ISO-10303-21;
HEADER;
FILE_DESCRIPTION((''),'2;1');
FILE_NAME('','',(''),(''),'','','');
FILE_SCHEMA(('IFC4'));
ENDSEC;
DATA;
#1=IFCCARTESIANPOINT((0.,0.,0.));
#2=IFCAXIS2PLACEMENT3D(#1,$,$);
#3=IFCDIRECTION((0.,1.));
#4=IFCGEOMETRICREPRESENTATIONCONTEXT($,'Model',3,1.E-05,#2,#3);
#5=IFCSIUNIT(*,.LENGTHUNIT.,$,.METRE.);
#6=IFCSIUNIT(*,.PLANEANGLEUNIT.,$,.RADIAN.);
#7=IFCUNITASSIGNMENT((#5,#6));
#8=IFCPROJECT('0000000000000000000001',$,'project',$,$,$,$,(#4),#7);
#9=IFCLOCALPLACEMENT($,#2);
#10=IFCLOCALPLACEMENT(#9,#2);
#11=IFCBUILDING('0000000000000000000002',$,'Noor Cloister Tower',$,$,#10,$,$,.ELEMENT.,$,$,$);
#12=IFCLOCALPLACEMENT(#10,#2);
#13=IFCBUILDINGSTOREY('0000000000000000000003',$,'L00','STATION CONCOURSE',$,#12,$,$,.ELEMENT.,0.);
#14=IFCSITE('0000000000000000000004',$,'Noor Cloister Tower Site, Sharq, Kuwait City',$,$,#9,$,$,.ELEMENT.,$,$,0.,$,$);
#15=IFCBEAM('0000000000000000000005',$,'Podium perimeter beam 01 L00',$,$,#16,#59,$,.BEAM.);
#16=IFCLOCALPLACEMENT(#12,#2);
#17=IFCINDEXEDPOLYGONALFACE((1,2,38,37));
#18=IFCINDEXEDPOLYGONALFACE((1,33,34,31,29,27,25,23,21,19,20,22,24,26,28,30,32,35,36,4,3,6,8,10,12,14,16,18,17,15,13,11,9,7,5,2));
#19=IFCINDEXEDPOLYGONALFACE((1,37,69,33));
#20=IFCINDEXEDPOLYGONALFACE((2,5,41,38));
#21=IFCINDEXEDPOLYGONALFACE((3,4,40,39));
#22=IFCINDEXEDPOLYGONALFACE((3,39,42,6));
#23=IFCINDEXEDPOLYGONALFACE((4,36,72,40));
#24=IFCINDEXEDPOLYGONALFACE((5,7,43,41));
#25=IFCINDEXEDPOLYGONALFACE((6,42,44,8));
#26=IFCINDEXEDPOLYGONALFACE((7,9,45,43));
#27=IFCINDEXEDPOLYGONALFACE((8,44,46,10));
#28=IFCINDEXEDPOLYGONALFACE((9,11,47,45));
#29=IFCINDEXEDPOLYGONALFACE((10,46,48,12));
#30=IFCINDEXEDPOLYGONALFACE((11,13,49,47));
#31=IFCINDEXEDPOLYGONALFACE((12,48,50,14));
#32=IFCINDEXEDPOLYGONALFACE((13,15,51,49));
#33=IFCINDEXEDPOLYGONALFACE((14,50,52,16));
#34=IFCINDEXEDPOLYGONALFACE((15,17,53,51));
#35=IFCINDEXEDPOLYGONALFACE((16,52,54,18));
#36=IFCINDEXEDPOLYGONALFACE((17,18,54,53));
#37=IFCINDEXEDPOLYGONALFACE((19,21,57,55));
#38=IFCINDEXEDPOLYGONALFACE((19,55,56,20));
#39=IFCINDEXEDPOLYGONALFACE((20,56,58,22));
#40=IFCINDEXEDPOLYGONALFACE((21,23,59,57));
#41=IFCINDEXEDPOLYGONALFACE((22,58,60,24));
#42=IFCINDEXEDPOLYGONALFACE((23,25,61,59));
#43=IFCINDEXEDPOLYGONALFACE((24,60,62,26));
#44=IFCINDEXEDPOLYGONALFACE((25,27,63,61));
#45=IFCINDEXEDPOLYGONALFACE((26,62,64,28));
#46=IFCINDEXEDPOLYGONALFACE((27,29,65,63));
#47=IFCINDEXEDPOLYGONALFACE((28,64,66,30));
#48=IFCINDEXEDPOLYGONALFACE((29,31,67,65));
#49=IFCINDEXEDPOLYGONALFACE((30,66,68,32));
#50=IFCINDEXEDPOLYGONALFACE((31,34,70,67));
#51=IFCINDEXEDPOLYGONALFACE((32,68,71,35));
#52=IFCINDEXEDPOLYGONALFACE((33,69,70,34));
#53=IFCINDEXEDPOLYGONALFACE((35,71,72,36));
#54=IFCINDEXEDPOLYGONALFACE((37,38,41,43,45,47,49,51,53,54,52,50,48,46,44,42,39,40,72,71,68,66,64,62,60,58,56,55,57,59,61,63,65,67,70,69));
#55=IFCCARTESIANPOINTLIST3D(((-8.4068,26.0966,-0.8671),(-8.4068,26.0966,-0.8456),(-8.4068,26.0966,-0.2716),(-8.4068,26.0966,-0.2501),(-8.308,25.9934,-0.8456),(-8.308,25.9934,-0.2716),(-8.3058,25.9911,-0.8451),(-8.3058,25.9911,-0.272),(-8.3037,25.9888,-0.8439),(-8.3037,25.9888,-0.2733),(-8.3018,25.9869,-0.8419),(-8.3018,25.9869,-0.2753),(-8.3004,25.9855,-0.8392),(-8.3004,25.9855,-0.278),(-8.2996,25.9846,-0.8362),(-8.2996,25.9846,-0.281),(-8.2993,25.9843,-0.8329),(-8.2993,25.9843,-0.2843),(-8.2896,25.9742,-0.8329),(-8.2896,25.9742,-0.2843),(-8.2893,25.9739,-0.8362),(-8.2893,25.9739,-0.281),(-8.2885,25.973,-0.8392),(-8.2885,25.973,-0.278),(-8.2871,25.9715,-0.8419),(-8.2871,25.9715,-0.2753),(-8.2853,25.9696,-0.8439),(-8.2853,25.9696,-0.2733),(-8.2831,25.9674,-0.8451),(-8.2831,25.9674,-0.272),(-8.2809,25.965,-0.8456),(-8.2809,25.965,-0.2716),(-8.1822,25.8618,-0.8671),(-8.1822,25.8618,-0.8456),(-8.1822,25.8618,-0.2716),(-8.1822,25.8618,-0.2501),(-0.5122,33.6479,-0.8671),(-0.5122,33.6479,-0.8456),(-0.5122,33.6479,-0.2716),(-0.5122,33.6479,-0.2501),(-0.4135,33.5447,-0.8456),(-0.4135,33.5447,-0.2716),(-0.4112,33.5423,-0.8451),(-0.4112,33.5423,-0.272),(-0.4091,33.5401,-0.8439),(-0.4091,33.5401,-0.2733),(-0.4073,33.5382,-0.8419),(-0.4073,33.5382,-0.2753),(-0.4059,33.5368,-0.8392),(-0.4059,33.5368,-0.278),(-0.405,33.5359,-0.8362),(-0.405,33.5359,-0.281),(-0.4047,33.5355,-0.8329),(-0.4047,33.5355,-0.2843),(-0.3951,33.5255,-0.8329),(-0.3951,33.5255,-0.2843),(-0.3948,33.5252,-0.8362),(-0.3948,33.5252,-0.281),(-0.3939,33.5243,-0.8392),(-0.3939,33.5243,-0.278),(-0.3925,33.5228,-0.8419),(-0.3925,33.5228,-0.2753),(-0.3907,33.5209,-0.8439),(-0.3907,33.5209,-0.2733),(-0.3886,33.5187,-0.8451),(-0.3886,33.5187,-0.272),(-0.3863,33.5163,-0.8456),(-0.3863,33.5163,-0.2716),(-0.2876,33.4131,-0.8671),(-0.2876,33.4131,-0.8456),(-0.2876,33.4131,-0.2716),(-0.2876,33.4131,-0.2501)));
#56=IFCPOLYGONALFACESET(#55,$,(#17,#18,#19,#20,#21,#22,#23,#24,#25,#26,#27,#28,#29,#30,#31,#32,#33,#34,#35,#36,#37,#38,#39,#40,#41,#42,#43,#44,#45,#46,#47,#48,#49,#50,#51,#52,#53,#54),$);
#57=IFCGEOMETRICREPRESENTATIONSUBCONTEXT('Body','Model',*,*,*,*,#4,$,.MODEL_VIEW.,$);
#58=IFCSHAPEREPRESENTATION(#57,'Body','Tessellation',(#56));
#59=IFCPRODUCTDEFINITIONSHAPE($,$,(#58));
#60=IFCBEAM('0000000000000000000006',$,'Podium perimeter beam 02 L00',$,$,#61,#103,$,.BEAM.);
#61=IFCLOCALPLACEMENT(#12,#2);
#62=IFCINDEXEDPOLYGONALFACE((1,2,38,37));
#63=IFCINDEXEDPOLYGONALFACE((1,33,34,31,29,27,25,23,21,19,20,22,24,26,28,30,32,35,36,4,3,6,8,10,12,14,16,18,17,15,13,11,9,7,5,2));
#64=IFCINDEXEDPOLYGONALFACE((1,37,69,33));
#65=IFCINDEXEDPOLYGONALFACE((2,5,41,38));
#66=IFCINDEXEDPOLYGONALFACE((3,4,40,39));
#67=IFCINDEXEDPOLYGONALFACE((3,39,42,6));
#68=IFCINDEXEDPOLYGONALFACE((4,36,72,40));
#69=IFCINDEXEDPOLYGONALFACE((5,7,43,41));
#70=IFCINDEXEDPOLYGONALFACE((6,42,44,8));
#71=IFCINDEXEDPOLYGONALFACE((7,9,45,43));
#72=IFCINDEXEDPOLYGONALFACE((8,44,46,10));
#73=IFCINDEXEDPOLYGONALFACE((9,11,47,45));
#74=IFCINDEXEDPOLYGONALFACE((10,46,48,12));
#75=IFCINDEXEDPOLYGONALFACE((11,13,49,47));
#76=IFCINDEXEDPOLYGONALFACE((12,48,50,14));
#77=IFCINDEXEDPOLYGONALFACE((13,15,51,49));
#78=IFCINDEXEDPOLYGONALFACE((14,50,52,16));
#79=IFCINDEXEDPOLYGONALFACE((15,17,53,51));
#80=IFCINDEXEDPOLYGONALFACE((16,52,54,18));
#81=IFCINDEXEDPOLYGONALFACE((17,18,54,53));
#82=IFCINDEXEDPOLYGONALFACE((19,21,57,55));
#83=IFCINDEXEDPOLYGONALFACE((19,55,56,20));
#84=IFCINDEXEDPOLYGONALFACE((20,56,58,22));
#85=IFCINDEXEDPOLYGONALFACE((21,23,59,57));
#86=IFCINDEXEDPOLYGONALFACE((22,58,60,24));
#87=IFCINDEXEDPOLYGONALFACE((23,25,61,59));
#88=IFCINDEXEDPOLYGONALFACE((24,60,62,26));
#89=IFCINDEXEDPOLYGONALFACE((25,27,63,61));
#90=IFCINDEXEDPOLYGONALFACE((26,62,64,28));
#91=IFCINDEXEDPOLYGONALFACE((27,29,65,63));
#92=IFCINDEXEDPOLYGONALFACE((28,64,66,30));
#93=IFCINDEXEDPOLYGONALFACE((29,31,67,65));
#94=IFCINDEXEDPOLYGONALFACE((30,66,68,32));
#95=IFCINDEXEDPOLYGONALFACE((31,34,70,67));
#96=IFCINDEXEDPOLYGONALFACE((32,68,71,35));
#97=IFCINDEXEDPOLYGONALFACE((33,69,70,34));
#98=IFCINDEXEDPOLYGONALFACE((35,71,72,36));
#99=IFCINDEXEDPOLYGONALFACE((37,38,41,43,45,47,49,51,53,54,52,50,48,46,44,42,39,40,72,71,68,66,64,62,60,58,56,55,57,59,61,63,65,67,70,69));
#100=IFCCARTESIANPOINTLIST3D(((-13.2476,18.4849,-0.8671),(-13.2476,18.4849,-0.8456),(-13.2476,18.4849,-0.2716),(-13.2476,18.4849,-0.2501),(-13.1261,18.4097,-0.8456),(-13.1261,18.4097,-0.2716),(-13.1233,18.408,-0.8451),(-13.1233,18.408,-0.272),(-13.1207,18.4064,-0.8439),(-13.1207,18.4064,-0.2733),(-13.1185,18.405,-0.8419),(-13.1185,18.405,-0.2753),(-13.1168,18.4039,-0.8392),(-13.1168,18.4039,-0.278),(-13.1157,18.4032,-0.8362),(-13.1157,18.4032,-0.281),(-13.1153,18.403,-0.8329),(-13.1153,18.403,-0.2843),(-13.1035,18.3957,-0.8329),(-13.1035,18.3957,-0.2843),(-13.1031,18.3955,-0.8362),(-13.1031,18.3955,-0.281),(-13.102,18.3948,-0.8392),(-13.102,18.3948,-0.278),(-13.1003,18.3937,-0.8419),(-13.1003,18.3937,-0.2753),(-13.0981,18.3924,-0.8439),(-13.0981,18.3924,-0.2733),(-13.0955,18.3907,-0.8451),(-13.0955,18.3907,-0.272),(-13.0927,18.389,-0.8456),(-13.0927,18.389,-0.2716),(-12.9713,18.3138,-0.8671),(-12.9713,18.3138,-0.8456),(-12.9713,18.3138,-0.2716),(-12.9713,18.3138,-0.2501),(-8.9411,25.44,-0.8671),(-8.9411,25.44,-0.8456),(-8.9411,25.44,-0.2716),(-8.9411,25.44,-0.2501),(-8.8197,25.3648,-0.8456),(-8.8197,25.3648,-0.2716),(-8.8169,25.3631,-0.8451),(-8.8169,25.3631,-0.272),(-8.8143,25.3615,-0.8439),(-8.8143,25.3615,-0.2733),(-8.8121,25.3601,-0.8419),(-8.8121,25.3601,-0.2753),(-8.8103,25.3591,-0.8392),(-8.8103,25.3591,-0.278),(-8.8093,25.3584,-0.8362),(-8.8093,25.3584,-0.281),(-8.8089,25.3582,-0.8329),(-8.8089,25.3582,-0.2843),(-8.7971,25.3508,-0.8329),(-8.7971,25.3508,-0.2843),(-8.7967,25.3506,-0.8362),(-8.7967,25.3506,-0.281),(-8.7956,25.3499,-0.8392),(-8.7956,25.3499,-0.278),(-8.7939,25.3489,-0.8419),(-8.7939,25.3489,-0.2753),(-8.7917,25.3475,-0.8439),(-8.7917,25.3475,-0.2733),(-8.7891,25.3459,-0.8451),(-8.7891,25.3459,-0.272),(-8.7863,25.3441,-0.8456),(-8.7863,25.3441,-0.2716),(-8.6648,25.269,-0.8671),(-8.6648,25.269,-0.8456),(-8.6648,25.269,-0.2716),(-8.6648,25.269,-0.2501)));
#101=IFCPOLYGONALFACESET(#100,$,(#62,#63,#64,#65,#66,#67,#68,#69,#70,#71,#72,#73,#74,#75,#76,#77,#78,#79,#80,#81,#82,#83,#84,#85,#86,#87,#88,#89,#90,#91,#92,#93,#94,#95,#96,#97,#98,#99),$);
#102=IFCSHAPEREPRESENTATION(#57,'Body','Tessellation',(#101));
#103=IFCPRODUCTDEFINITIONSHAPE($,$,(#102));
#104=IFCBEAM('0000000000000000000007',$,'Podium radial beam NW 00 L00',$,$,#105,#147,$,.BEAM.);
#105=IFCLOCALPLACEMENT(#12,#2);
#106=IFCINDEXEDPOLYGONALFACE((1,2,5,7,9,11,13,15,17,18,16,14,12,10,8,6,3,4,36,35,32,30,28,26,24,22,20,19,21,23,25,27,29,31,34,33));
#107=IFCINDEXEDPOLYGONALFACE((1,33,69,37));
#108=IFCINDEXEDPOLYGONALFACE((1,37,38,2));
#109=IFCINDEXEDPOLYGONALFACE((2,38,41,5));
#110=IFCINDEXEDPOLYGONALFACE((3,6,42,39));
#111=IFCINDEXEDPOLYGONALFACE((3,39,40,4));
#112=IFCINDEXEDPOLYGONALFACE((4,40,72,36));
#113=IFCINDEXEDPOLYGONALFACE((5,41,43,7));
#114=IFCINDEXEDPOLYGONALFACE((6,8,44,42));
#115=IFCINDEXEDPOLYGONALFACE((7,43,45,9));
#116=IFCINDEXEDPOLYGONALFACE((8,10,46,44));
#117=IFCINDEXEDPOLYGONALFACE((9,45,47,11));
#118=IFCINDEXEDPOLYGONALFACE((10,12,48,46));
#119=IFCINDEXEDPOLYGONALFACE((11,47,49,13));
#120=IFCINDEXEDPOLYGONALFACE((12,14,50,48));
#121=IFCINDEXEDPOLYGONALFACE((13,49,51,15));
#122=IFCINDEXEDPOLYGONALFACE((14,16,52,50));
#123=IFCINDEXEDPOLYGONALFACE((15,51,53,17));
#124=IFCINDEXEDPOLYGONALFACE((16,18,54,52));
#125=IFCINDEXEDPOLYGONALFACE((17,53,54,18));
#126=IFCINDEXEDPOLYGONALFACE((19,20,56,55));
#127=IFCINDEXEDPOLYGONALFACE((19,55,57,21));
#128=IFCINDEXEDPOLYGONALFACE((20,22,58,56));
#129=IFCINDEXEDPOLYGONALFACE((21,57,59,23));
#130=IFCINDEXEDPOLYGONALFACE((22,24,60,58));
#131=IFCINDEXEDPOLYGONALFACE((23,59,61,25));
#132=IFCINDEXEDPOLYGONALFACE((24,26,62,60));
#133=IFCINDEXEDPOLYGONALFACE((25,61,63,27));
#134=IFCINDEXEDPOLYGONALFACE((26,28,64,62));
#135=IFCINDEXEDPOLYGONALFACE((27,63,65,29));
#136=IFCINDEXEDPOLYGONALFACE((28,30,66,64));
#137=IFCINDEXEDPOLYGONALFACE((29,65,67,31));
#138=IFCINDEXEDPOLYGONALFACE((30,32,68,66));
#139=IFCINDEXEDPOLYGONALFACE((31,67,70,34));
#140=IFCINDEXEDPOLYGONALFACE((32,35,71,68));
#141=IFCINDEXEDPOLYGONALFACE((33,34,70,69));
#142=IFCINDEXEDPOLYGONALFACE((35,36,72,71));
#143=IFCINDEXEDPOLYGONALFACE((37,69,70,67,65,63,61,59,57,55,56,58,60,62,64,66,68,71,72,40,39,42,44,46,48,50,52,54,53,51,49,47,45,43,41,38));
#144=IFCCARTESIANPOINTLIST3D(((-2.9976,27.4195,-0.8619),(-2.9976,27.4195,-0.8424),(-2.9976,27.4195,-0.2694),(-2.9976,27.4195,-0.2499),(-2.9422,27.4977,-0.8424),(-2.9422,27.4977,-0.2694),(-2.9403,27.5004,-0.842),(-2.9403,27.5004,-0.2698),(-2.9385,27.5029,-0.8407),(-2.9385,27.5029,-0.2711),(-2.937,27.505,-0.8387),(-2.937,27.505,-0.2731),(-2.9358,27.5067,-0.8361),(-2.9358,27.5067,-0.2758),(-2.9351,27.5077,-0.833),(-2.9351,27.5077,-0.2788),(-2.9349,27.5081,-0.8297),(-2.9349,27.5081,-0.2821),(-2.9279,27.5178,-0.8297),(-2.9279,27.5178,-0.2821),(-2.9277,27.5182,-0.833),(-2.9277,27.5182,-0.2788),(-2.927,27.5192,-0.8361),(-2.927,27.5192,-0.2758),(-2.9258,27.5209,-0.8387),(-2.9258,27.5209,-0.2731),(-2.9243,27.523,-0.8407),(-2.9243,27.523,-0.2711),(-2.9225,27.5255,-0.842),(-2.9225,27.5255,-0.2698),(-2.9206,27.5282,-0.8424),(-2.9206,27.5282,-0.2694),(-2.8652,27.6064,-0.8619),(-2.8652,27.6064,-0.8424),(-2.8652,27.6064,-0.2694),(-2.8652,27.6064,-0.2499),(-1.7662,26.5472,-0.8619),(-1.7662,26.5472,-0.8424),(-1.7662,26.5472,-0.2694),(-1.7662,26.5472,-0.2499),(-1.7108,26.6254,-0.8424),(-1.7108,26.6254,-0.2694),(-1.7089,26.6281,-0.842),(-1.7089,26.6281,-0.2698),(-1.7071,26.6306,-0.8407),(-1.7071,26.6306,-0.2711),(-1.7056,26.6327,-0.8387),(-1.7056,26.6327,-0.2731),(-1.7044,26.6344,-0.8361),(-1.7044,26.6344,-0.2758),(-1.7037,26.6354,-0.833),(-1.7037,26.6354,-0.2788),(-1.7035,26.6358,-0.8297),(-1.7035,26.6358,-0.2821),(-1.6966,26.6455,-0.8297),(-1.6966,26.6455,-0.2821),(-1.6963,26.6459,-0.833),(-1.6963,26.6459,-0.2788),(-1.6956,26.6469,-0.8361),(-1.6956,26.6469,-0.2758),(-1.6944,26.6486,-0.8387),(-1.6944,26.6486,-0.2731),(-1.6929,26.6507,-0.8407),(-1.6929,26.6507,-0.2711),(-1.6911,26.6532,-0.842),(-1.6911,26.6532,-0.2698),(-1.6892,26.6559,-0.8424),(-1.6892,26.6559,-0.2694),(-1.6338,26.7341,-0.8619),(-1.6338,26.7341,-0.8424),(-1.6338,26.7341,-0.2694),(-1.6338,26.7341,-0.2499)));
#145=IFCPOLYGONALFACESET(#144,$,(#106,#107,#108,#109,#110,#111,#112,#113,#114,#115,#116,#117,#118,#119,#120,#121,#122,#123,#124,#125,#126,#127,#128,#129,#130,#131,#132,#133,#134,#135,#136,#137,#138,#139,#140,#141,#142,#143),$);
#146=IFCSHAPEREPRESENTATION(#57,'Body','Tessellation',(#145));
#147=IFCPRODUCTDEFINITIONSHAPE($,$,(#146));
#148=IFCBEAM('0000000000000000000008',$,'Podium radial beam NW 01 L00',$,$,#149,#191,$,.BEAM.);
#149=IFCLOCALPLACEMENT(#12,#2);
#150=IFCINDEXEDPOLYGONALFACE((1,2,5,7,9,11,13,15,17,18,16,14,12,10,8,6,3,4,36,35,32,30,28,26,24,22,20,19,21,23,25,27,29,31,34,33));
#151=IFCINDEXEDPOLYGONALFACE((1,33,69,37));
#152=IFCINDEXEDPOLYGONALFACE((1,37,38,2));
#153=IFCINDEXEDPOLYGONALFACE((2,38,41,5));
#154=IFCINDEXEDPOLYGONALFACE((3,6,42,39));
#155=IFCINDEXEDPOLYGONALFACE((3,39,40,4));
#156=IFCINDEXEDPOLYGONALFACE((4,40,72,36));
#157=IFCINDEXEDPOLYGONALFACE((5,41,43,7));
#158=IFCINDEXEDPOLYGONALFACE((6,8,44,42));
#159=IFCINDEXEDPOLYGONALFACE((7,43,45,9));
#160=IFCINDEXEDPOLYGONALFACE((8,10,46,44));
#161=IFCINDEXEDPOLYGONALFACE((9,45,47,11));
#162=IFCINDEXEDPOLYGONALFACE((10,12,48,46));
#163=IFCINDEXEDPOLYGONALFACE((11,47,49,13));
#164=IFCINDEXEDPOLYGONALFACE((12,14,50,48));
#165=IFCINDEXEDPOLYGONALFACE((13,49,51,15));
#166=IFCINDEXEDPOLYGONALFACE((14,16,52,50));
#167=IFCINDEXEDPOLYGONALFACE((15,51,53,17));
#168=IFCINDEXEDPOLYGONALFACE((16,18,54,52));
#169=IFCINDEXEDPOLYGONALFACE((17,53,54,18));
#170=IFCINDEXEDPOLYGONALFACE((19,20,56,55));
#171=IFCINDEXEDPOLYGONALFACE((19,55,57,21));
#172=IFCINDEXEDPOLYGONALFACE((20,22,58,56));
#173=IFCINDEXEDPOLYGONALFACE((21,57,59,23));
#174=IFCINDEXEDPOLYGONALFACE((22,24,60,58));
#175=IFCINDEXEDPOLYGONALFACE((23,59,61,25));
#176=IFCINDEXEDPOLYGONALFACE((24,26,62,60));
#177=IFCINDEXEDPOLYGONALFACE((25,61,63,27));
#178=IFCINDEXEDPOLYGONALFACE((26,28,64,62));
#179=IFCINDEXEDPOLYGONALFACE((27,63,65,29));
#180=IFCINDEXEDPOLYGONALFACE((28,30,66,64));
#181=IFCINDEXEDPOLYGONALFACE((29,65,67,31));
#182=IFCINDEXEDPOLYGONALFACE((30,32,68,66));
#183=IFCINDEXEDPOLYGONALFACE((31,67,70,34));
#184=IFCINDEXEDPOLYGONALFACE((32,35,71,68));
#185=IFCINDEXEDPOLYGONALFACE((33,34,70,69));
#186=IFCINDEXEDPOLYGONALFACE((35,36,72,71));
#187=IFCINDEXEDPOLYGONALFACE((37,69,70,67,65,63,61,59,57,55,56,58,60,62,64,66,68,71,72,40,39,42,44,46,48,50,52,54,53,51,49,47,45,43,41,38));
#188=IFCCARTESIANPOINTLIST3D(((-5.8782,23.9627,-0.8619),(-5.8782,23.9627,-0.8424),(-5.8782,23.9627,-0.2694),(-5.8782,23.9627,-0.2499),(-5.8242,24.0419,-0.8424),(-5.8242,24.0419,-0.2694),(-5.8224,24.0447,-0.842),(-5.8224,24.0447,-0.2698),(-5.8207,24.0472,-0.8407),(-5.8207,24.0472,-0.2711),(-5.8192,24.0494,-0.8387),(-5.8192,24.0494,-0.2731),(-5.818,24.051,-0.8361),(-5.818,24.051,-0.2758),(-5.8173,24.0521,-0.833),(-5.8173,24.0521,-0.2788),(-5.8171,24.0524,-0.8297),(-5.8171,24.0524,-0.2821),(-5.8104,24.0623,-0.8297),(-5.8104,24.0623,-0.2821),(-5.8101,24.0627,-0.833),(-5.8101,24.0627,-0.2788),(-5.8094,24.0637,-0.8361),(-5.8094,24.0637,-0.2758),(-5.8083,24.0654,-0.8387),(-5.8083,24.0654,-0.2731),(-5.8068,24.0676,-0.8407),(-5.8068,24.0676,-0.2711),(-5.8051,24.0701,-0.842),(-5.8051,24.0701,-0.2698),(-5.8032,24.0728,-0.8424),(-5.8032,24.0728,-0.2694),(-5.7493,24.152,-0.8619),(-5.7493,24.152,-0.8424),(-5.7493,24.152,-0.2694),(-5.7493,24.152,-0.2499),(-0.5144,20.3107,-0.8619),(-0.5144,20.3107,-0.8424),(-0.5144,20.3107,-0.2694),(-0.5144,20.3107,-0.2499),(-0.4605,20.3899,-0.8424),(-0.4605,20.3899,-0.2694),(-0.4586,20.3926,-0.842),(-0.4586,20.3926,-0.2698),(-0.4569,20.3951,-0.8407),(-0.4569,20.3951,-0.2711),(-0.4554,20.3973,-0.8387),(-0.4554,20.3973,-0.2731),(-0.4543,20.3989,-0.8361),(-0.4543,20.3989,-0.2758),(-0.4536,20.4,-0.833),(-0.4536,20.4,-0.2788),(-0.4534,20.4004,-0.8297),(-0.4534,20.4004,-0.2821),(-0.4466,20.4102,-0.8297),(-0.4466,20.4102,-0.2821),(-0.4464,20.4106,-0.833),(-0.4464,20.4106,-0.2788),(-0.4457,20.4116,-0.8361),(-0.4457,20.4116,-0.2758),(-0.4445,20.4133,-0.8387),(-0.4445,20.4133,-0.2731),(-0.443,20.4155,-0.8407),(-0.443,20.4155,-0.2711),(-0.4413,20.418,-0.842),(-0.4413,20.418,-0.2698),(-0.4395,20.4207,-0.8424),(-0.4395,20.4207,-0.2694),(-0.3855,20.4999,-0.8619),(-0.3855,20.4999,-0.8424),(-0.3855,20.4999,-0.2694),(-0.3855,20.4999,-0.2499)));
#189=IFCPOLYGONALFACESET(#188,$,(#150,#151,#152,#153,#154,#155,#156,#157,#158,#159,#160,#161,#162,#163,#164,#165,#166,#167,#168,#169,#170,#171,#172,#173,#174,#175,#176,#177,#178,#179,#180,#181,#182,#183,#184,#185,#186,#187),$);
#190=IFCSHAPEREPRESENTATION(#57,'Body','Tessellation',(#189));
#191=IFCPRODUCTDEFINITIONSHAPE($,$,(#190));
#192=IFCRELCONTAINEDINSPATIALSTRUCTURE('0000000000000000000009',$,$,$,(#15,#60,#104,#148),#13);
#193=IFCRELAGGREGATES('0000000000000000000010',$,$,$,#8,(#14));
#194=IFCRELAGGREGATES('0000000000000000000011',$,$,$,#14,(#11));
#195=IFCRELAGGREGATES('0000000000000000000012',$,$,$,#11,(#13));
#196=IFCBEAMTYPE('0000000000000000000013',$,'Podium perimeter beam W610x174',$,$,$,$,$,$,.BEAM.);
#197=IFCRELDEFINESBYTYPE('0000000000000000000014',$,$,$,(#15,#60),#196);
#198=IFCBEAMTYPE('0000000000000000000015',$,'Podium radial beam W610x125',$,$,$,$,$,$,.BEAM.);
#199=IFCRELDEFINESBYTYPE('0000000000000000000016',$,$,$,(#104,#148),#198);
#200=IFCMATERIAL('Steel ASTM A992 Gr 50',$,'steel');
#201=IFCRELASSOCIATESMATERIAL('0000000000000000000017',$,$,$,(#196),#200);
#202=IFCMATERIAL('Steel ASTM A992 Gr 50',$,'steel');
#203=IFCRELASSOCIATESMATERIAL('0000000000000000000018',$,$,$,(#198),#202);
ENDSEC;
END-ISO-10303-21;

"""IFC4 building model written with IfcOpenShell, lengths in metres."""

from ifc_helpers import new_model, si_unit, direction, frame, origin, origin_2d, place, context, subcontext, project, spatial, i_section, extrude, material, material_profile, profile_set, type_object, element, save


model = new_model("IFC4")

# Units and contexts
model_context = context("Model", 3, precision=1e-05, world=origin(), true_north=direction((0.0, 1.0)))
body_context = subcontext(model_context, "Body", "Model", "MODEL_VIEW")
ifc_project = project(units=[si_unit("LENGTHUNIT", "METRE"), si_unit("PLANEANGLEUNIT", "RADIAN")], contexts=[model_context])

# Site, building, storey
site_placement = place(None, origin())
site = spatial("IfcSite", under=ifc_project, at=site_placement, Name="Noor Cloister Tower Site, Sharq, Kuwait City", CompositionType="ELEMENT", RefElevation=0.0)
building_placement = place(site_placement, origin())
building = spatial("IfcBuilding", under=site, at=building_placement, Name="Noor Cloister Tower", CompositionType="ELEMENT")
storey_placement = place(building_placement, origin())
storey = spatial("IfcBuildingStorey", under=building, at=storey_placement, Name="L00", Description="STATION CONCOURSE", CompositionType="ELEMENT", Elevation=0.0)

# Beams
ifc_material_1 = material(Name="Steel ASTM A992 Gr 50", Category="steel")
ifc_material_profile_1 = material_profile(ifc_material_1, i_section(OverallWidth=0.325, OverallDepth=0.6169, WebThickness=0.0139, FlangeThickness=0.0215, FilletRadius=0.0127, at=origin_2d()), Name="W610x174")
ifc_profile_set_1 = profile_set([ifc_material_profile_1], Name="Steel ASTM A992 Gr 50")
beam_type_1 = type_object("IfcBeamType", Name="Podium perimeter beam W610x174", PredefinedType="BEAM", material=ifc_profile_set_1)
beam_1_placement = place(storey_placement, frame((-0.3999, 33.5305, -0.5586), z_axis=(-0.722643, -0.691222, 0.0), x_axis=(0.691222, -0.722643, 0.0)))
element("IfcBeam", 1, at=beam_1_placement, inside=storey, type_object=beam_type_1, Name="Podium perimeter beam 01 L00", PredefinedType="BEAM", context=body_context, shape_type="SweptSolid", body=[
    extrude(i_section(OverallWidth=0.325, OverallDepth=0.6169, WebThickness=0.0139, FlangeThickness=0.0215, FilletRadius=0.0127, at=origin_2d()), origin(), (0.0, 0.0, 1.0), 10.9246),
])
beam_2_placement = place(storey_placement, frame((-8.803, 25.3545, -0.5586), z_axis=(-0.526432, -0.850217, 0.0), x_axis=(0.850217, -0.526432, 0.0)))
element("IfcBeam", 2, at=beam_2_placement, inside=storey, type_object=beam_type_1, Name="Podium perimeter beam 02 L00", PredefinedType="BEAM", context=body_context, shape_type="SweptSolid", body=[
    extrude(i_section(OverallWidth=0.325, OverallDepth=0.6169, WebThickness=0.0139, FlangeThickness=0.0215, FilletRadius=0.0127, at=origin_2d()), origin(), (0.0, 0.0, 1.0), 8.1804),
])
ifc_material_2 = material(Name="Steel ASTM A992 Gr 50", Category="steel")
ifc_material_profile_2 = material_profile(ifc_material_2, i_section(OverallWidth=0.229, OverallDepth=0.6121, WebThickness=0.012, FlangeThickness=0.0195, FilletRadius=0.0127, at=origin_2d()), Name="W610x125")
ifc_profile_set_2 = profile_set([ifc_material_profile_2], Name="Steel ASTM A992 Gr 50")
beam_type_2 = type_object("IfcBeamType", Name="Podium radial beam W610x125", PredefinedType="BEAM", material=ifc_profile_set_2)
beam_3_placement = place(storey_placement, frame((-2.9314, 27.5129, -0.5559), z_axis=(0.816012, -0.578035, 0.0), x_axis=(0.578035, 0.816012, 0.0)))
element("IfcBeam", 3, at=beam_3_placement, inside=storey, type_object=beam_type_2, Name="Podium radial beam NW 00 L00", PredefinedType="BEAM", context=body_context, shape_type="SweptSolid", body=[
    extrude(i_section(OverallWidth=0.229, OverallDepth=0.6121, WebThickness=0.012, FlangeThickness=0.0195, FilletRadius=0.0127, at=origin_2d()), origin(), (0.0, 0.0, 1.0), 1.509),
])
beam_4_placement = place(storey_placement, frame((-5.8137, 24.0574, -0.5559), z_axis=(0.826587, -0.562809, 0.0), x_axis=(0.562809, 0.826587, 0.0)))
element("IfcBeam", 4, at=beam_4_placement, inside=storey, type_object=beam_type_2, Name="Podium radial beam NW 01 L00", PredefinedType="BEAM", context=body_context, shape_type="SweptSolid", body=[
    extrude(i_section(OverallWidth=0.229, OverallDepth=0.6121, WebThickness=0.012, FlangeThickness=0.0195, FilletRadius=0.0127, at=origin_2d()), origin(), (0.0, 0.0, 1.0), 6.489),
])

save(model, "model.ifc")
